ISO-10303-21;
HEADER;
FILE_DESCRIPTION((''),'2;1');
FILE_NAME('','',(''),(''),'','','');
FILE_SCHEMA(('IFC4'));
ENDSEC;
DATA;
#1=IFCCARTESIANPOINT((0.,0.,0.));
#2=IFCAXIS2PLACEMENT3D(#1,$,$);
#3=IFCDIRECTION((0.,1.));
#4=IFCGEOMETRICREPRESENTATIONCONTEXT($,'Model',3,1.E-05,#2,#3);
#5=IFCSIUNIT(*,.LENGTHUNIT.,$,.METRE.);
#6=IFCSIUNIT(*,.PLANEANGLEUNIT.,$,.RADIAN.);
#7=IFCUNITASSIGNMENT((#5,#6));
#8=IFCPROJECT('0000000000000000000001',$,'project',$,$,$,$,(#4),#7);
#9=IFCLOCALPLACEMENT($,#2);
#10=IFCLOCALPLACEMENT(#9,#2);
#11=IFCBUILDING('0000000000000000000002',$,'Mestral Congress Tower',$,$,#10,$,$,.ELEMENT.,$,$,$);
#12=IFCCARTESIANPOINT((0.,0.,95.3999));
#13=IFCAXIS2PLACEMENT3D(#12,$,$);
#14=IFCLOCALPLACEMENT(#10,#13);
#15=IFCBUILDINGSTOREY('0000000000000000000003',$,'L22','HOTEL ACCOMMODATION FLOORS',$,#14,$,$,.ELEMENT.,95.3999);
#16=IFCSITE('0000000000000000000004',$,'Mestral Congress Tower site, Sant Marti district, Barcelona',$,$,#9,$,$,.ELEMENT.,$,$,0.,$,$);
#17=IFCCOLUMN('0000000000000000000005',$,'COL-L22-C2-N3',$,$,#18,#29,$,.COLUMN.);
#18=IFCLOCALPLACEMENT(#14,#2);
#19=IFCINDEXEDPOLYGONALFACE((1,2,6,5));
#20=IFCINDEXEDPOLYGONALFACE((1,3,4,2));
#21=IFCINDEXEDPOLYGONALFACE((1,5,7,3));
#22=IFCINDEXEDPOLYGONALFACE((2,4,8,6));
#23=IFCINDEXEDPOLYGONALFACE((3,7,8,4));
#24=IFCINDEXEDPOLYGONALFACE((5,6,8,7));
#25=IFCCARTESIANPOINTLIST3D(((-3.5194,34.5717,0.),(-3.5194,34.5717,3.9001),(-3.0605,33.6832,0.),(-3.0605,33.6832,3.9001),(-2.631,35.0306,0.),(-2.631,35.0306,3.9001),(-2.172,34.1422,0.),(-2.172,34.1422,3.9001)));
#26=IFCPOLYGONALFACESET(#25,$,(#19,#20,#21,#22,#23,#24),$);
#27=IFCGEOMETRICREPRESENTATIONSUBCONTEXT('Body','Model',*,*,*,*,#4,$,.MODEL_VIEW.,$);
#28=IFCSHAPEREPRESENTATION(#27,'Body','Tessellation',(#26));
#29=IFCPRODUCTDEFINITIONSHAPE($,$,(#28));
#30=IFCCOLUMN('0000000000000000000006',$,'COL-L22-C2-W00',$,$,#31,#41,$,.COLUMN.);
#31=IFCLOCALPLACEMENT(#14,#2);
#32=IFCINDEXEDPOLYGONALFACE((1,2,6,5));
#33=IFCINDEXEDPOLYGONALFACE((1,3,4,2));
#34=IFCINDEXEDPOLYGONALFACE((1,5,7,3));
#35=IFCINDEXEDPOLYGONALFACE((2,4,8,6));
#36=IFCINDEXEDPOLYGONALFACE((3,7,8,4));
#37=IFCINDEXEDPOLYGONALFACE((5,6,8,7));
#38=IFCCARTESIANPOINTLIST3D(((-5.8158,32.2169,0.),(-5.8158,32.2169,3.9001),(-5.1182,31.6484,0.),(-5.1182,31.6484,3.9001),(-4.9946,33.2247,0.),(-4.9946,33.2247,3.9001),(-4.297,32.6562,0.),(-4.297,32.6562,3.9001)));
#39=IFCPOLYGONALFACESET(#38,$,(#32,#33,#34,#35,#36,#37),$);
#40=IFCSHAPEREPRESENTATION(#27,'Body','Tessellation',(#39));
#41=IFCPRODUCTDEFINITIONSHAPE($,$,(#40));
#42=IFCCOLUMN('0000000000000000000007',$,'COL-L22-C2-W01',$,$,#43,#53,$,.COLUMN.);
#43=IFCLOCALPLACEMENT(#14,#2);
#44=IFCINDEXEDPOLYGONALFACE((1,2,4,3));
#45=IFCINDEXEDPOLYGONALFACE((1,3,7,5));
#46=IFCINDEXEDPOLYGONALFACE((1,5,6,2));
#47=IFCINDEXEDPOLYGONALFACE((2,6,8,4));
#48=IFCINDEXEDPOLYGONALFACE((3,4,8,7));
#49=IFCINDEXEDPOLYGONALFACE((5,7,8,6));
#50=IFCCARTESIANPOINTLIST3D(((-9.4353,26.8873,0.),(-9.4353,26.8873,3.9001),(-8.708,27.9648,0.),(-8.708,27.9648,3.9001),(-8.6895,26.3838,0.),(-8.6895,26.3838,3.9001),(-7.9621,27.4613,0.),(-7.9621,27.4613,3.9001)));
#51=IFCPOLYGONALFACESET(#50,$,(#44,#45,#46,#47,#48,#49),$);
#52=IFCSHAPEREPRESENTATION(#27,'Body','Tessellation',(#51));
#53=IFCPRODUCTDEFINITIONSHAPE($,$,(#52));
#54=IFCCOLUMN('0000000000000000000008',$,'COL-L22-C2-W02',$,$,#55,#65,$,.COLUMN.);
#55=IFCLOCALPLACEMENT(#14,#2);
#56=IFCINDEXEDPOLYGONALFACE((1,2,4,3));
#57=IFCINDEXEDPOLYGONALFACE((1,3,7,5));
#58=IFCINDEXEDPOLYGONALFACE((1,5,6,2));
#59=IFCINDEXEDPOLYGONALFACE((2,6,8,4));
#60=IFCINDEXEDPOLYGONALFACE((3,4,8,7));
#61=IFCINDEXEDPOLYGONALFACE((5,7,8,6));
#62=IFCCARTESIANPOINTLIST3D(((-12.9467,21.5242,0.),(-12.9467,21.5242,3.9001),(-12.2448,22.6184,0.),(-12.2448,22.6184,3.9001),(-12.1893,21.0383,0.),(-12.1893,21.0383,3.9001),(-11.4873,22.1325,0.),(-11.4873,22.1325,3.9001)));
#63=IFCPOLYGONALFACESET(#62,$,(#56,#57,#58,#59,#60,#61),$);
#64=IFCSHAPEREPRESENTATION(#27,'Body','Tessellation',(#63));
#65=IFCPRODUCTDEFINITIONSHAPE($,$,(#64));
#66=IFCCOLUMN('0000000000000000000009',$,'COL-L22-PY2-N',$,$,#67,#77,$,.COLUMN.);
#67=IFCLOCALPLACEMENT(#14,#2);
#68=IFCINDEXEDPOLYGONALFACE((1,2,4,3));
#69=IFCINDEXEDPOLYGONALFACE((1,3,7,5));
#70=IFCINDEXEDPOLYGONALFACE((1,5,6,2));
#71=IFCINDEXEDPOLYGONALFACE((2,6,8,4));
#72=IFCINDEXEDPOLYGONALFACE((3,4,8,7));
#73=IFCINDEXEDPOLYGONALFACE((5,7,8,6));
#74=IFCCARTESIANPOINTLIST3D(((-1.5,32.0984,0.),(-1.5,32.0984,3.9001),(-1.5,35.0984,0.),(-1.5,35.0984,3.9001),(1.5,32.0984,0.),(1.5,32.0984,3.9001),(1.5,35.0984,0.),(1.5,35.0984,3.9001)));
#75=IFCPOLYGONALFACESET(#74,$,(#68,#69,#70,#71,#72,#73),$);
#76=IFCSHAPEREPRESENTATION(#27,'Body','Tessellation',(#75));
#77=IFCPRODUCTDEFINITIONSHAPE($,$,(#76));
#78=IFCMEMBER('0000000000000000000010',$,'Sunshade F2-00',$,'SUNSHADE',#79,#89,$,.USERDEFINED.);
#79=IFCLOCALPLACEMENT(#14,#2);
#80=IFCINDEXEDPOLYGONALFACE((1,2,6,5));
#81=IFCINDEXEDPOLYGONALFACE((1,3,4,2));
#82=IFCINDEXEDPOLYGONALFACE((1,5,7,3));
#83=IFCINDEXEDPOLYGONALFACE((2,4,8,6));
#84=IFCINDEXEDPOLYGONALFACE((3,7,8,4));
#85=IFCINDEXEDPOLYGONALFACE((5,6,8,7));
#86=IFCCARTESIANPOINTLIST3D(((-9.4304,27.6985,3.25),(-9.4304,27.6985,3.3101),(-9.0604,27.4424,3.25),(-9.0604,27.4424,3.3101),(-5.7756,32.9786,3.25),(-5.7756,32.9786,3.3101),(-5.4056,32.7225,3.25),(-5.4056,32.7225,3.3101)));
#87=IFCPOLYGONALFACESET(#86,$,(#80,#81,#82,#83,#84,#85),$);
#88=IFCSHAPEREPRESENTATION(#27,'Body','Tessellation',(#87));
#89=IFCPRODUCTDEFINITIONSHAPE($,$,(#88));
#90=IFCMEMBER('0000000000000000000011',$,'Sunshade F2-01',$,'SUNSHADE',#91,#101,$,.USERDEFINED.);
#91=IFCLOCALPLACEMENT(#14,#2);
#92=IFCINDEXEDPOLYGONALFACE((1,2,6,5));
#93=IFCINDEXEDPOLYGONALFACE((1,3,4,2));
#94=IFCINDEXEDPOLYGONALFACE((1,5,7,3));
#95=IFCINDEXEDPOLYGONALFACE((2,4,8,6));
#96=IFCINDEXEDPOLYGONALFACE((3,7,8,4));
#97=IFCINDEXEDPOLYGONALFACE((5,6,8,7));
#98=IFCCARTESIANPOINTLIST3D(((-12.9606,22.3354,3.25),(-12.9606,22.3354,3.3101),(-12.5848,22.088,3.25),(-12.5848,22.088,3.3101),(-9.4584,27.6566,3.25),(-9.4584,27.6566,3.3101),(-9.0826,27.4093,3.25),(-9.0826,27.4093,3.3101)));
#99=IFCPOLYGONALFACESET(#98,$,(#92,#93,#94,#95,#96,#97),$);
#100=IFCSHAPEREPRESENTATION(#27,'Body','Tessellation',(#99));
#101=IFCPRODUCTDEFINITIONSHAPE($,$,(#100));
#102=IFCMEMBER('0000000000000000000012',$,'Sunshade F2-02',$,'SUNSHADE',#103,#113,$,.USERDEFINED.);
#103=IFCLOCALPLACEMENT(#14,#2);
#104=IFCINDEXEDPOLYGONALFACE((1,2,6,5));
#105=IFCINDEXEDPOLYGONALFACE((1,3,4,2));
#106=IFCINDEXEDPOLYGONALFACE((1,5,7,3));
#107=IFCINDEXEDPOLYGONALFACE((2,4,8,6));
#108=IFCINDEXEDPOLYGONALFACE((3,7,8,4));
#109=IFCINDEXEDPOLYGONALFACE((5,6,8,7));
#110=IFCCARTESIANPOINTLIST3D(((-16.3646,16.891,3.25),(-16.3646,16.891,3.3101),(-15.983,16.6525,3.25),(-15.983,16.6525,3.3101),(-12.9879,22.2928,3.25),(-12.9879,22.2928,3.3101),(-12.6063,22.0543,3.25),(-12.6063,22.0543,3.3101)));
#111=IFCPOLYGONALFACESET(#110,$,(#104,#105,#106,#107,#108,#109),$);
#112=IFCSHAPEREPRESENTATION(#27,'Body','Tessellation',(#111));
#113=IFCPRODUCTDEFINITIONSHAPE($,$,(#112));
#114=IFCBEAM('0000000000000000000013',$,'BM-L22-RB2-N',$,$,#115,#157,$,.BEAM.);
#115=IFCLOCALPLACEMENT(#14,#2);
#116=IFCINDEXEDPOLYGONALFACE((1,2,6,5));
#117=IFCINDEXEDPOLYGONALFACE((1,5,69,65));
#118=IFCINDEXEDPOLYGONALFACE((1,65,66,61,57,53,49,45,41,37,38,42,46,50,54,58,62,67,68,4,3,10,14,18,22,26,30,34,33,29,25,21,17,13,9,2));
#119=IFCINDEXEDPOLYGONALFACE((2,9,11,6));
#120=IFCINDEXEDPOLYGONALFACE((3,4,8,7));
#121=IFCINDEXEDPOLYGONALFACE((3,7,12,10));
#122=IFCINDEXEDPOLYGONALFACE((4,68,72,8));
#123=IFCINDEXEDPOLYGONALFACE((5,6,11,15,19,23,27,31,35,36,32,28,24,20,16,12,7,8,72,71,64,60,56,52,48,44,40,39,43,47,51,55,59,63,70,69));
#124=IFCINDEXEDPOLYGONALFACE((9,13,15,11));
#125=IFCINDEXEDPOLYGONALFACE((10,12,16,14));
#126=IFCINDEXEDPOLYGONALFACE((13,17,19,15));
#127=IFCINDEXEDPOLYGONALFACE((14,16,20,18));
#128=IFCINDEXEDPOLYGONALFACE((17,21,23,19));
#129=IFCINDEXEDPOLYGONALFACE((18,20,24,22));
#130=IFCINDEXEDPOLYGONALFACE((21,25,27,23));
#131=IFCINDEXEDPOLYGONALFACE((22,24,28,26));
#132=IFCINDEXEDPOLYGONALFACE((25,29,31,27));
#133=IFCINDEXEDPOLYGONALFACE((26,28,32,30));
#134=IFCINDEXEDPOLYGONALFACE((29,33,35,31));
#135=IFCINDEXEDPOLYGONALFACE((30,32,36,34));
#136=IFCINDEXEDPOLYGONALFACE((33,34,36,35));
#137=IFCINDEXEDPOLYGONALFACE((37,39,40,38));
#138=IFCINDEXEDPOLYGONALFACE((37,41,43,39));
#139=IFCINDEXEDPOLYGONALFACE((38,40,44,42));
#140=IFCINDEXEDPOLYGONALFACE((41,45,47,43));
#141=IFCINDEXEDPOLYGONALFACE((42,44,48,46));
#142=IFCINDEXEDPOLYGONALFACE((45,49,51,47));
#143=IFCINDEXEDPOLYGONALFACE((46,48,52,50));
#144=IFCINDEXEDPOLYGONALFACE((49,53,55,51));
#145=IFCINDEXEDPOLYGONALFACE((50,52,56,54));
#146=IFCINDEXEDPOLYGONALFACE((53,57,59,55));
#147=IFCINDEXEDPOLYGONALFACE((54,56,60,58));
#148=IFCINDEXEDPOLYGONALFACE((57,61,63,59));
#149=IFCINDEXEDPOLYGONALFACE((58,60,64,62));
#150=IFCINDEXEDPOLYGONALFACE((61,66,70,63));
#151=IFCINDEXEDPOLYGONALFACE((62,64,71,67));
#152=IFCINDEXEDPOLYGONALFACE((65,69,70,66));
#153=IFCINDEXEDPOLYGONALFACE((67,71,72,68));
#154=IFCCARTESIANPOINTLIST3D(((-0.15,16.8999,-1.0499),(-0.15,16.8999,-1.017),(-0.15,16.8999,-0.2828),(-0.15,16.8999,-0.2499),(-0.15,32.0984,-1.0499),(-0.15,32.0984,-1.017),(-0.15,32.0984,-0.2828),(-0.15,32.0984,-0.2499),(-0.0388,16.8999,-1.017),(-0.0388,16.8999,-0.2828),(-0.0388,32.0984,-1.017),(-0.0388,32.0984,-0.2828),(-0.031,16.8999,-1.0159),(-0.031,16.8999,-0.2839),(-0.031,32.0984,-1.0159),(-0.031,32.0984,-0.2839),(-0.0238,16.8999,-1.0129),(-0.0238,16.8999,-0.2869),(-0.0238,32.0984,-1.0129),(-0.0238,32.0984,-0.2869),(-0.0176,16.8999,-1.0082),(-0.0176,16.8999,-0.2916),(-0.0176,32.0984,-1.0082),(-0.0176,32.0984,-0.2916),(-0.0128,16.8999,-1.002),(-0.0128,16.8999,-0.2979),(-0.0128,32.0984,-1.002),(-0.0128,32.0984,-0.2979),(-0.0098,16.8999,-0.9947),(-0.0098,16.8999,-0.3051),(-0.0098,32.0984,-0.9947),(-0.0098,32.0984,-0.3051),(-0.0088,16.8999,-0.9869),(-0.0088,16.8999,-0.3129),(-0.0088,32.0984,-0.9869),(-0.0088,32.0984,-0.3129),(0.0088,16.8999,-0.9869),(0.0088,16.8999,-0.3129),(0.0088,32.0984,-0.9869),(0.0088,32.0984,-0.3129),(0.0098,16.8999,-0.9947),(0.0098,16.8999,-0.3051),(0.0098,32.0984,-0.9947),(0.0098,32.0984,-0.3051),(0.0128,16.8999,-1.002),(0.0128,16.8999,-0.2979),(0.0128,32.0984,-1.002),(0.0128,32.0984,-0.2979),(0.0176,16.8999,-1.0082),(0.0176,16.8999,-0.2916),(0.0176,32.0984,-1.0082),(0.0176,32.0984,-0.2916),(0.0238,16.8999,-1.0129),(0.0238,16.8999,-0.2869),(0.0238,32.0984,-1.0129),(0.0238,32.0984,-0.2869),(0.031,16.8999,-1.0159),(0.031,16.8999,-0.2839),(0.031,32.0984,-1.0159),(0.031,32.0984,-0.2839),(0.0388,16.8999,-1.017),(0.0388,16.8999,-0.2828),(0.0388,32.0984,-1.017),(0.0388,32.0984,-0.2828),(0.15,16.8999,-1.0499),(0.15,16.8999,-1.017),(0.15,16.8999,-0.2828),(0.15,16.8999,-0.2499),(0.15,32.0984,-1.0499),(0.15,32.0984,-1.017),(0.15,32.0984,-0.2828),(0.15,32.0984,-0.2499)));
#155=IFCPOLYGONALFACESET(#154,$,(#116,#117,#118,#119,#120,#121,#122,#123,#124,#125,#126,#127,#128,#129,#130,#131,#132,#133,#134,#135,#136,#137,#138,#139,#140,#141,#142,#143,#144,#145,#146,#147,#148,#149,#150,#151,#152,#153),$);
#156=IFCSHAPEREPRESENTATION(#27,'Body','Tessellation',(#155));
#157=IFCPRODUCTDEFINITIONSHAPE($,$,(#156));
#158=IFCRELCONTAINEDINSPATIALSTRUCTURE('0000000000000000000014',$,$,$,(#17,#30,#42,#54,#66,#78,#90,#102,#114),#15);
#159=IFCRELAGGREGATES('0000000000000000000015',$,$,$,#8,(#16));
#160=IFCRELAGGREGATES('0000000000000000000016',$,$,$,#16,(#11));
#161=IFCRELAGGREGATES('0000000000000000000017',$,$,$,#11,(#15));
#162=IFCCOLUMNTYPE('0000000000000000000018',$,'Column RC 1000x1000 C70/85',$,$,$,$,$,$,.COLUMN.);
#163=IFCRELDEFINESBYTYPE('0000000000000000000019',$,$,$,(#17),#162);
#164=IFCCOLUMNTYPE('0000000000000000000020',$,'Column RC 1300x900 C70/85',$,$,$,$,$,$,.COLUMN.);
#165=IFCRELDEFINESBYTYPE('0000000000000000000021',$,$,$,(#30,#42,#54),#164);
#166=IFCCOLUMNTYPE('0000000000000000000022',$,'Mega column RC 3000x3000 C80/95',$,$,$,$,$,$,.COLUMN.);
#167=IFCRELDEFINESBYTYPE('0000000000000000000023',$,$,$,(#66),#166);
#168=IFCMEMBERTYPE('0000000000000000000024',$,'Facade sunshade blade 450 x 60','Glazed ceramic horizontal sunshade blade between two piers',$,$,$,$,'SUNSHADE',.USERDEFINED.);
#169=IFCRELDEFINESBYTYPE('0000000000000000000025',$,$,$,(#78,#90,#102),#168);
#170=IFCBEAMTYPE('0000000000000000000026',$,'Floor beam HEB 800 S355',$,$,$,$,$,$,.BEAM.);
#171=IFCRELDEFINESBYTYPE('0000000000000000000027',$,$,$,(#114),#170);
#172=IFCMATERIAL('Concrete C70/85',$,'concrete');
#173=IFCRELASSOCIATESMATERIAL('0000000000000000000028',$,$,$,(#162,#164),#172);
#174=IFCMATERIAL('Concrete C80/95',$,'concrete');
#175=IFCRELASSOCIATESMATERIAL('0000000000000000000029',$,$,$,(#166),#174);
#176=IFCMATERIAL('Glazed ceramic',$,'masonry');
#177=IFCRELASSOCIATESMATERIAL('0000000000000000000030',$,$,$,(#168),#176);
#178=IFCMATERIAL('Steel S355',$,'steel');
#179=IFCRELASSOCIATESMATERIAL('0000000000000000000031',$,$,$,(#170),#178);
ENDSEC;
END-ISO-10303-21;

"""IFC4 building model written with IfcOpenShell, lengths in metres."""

from ifc_helpers import new_model, si_unit, direction, frame, origin, origin_2d, place, context, subcontext, project, spatial, rectangle, i_section, extrude, material, material_profile, profile_set, type_object, element, save


model = new_model("IFC4")

# Units and contexts
model_context = context("Model", 3, precision=1e-05, world=origin(), true_north=direction((0.0, 1.0)))
body_context = subcontext(model_context, "Body", "Model", "MODEL_VIEW")
ifc_project = project(units=[si_unit("LENGTHUNIT", "METRE"), si_unit("PLANEANGLEUNIT", "RADIAN")], contexts=[model_context])

# Site, building, storey
site_placement = place(None, origin())
site = spatial("IfcSite", under=ifc_project, at=site_placement, Name="Mestral Congress Tower site, Sant Marti district, Barcelona", CompositionType="ELEMENT", RefElevation=0.0)
building_placement = place(site_placement, origin())
building = spatial("IfcBuilding", under=site, at=building_placement, Name="Mestral Congress Tower", CompositionType="ELEMENT")
storey_placement = place(building_placement, frame((0.0, 0.0, 95.3999)))
storey = spatial("IfcBuildingStorey", under=building, at=storey_placement, Name="L22", Description="HOTEL ACCOMMODATION FLOORS", CompositionType="ELEMENT", Elevation=95.3999)

# Columns
ifc_material_1 = material(Name="Concrete C70/85", Category="concrete")
ifc_material_profile_1 = material_profile(ifc_material_1, rectangle(XDim=1.0, YDim=1.0, at=origin_2d()), Name="RC 1000x1000")
ifc_profile_set_1 = profile_set([ifc_material_profile_1], Name="Concrete C70/85")
column_type_1 = type_object("IfcColumnType", Name="Column RC 1000x1000 C70/85", PredefinedType="COLUMN", material=ifc_profile_set_1)
column_1_placement = place(storey_placement, frame((-2.8457, 34.3569, 0.0), z_axis=(0.0, 0.0, 1.0), x_axis=(-0.888456, -0.458961, 0.0)))
element("IfcColumn", 1, at=column_1_placement, inside=storey, type_object=column_type_1, Name="COL-L22-C2-N3", PredefinedType="COLUMN", context=body_context, shape_type="SweptSolid", body=[
    extrude(rectangle(XDim=1.0, YDim=1.0, at=origin_2d()), origin(), (0.0, 0.0, 1.0), 3.9001),
])
ifc_material_profile_2 = material_profile(ifc_material_1, rectangle(XDim=1.3, YDim=0.8999, at=origin_2d()), Name="RC 1300x900")
ifc_profile_set_2 = profile_set([ifc_material_profile_2], Name="Concrete C70/85")
column_type_2 = type_object("IfcColumnType", Name="Column RC 1300x900 C70/85", PredefinedType="COLUMN", material=ifc_profile_set_2)
for number, where, z_axis, x_axis, name in (
    (2, (-5.0564, 32.4365, 0.0), (0.0, 0.0, 1.0), (-0.631709, -0.775206, 0.0), "COL-L22-C2-W00"),
    (3, (-8.6987, 27.1743, 0.0), (0.0, 0.0, 1.0), (-0.559479, -0.828844, 0.0), "COL-L22-C2-W01"),
    (4, (-12.217, 21.8284, 0.0), (0.0, 0.0, 1.0), (-0.539945, -0.8417, 0.0), "COL-L22-C2-W02"),
):
    element("IfcColumn", number, at=place(storey_placement, frame(where, z_axis=z_axis, x_axis=x_axis)), inside=storey, type_object=column_type_2, Name=name, PredefinedType="COLUMN", context=body_context, shape_type="SweptSolid", body=[
        extrude(rectangle(XDim=1.3, YDim=0.8999, at=origin_2d()), origin(), (0.0, 0.0, 1.0), 3.9001),
    ])
ifc_material_2 = material(Name="Concrete C80/95", Category="concrete")
ifc_material_profile_3 = material_profile(ifc_material_2, rectangle(XDim=3.0, YDim=3.0, at=origin_2d()), Name="RC 3000x3000")
ifc_profile_set_3 = profile_set([ifc_material_profile_3], Name="Concrete C80/95")
column_type_3 = type_object("IfcColumnType", Name="Mega column RC 3000x3000 C80/95", PredefinedType="COLUMN", material=ifc_profile_set_3)
column_2_placement = place(storey_placement, frame((0.0, 33.5984, 0.0), z_axis=(0.0, 0.0, 1.0), x_axis=(0.0, 1.0, 0.0)))
element("IfcColumn", 5, at=column_2_placement, inside=storey, type_object=column_type_3, Name="COL-L22-PY2-N", PredefinedType="COLUMN", context=body_context, shape_type="SweptSolid", body=[
    extrude(rectangle(XDim=3.0, YDim=3.0, at=origin_2d()), origin(), (0.0, 0.0, 1.0), 3.9001),
])

# Members
ifc_material_3 = material(Name="Glazed ceramic", Category="masonry")
ifc_material_profile_4 = material_profile(ifc_material_3, rectangle(XDim=0.45, YDim=0.0601, at=origin_2d()), Name="Ceramic blade 450 x 60")
ifc_profile_set_4 = profile_set([ifc_material_profile_4], Name="Glazed ceramic")
member_type = type_object("IfcMemberType", Name="Facade sunshade blade 450 x 60", Description="Glazed ceramic horizontal sunshade blade between two piers", ElementType="SUNSHADE", PredefinedType="USERDEFINED", material=ifc_profile_set_4)
member_placement = place(storey_placement, frame((-5.5906, 32.8506, 3.28), z_axis=(-0.569145, -0.822237, 0.0), x_axis=(0.822237, -0.569145, 0.0)))
element("IfcMember", 6, at=member_placement, inside=storey, type_object=member_type, Name="Sunshade F2-00", ObjectType="SUNSHADE", PredefinedType="USERDEFINED", context=body_context, shape_type="SweptSolid", body=[
    extrude(rectangle(XDim=0.45, YDim=0.0601, at=origin_2d()), origin(), (0.0, 0.0, 1.0), 6.4216),
])
for number, where, z_axis, x_axis, name in (
    (7, (-9.2705, 27.533, 3.28), (-0.549764, -0.83532, 0.0), (0.83532, -0.549764, 0.0), "Sunshade F2-01"),
    (8, (-12.7971, 22.1736, 3.28), (-0.530061, -0.84796, 0.0), (0.84796, -0.530061, 0.0), "Sunshade F2-02"),
):
    element("IfcMember", number, at=place(storey_placement, frame(where, z_axis=z_axis, x_axis=x_axis)), inside=storey, type_object=member_type, Name=name, ObjectType="SUNSHADE", PredefinedType="USERDEFINED", context=body_context, shape_type="SweptSolid", body=[
        extrude(rectangle(XDim=0.45, YDim=0.0601, at=origin_2d()), origin(), (0.0, 0.0, 1.0), 6.3704),
    ])

# Beam
ifc_material_4 = material(Name="Steel S355", Category="steel")
ifc_material_profile_5 = material_profile(ifc_material_4, i_section(OverallWidth=0.3, OverallDepth=0.8, WebThickness=0.0176, FlangeThickness=0.033, FilletRadius=0.03, at=origin_2d()), Name="HEB 800")
ifc_profile_set_5 = profile_set([ifc_material_profile_5], Name="Steel S355")
beam_type_1 = type_object("IfcBeamType", Name="Floor beam HEB 800 S355", PredefinedType="BEAM", material=ifc_profile_set_5)
beam_1_placement = place(storey_placement, frame((0.0, 32.0984, -0.6499), z_axis=(0.0, -1.0, 0.0), x_axis=(1.0, 0.0, 0.0)))
element("IfcBeam", 9, at=beam_1_placement, inside=storey, type_object=beam_type_1, Name="BM-L22-RB2-N", PredefinedType="BEAM", context=body_context, shape_type="SweptSolid", body=[
    extrude(i_section(OverallWidth=0.3, OverallDepth=0.8, WebThickness=0.0176, FlangeThickness=0.033, FilletRadius=0.03, at=origin_2d()), origin(), (0.0, 0.0, 1.0), 15.1985),
])

save(model, "model.ifc")
